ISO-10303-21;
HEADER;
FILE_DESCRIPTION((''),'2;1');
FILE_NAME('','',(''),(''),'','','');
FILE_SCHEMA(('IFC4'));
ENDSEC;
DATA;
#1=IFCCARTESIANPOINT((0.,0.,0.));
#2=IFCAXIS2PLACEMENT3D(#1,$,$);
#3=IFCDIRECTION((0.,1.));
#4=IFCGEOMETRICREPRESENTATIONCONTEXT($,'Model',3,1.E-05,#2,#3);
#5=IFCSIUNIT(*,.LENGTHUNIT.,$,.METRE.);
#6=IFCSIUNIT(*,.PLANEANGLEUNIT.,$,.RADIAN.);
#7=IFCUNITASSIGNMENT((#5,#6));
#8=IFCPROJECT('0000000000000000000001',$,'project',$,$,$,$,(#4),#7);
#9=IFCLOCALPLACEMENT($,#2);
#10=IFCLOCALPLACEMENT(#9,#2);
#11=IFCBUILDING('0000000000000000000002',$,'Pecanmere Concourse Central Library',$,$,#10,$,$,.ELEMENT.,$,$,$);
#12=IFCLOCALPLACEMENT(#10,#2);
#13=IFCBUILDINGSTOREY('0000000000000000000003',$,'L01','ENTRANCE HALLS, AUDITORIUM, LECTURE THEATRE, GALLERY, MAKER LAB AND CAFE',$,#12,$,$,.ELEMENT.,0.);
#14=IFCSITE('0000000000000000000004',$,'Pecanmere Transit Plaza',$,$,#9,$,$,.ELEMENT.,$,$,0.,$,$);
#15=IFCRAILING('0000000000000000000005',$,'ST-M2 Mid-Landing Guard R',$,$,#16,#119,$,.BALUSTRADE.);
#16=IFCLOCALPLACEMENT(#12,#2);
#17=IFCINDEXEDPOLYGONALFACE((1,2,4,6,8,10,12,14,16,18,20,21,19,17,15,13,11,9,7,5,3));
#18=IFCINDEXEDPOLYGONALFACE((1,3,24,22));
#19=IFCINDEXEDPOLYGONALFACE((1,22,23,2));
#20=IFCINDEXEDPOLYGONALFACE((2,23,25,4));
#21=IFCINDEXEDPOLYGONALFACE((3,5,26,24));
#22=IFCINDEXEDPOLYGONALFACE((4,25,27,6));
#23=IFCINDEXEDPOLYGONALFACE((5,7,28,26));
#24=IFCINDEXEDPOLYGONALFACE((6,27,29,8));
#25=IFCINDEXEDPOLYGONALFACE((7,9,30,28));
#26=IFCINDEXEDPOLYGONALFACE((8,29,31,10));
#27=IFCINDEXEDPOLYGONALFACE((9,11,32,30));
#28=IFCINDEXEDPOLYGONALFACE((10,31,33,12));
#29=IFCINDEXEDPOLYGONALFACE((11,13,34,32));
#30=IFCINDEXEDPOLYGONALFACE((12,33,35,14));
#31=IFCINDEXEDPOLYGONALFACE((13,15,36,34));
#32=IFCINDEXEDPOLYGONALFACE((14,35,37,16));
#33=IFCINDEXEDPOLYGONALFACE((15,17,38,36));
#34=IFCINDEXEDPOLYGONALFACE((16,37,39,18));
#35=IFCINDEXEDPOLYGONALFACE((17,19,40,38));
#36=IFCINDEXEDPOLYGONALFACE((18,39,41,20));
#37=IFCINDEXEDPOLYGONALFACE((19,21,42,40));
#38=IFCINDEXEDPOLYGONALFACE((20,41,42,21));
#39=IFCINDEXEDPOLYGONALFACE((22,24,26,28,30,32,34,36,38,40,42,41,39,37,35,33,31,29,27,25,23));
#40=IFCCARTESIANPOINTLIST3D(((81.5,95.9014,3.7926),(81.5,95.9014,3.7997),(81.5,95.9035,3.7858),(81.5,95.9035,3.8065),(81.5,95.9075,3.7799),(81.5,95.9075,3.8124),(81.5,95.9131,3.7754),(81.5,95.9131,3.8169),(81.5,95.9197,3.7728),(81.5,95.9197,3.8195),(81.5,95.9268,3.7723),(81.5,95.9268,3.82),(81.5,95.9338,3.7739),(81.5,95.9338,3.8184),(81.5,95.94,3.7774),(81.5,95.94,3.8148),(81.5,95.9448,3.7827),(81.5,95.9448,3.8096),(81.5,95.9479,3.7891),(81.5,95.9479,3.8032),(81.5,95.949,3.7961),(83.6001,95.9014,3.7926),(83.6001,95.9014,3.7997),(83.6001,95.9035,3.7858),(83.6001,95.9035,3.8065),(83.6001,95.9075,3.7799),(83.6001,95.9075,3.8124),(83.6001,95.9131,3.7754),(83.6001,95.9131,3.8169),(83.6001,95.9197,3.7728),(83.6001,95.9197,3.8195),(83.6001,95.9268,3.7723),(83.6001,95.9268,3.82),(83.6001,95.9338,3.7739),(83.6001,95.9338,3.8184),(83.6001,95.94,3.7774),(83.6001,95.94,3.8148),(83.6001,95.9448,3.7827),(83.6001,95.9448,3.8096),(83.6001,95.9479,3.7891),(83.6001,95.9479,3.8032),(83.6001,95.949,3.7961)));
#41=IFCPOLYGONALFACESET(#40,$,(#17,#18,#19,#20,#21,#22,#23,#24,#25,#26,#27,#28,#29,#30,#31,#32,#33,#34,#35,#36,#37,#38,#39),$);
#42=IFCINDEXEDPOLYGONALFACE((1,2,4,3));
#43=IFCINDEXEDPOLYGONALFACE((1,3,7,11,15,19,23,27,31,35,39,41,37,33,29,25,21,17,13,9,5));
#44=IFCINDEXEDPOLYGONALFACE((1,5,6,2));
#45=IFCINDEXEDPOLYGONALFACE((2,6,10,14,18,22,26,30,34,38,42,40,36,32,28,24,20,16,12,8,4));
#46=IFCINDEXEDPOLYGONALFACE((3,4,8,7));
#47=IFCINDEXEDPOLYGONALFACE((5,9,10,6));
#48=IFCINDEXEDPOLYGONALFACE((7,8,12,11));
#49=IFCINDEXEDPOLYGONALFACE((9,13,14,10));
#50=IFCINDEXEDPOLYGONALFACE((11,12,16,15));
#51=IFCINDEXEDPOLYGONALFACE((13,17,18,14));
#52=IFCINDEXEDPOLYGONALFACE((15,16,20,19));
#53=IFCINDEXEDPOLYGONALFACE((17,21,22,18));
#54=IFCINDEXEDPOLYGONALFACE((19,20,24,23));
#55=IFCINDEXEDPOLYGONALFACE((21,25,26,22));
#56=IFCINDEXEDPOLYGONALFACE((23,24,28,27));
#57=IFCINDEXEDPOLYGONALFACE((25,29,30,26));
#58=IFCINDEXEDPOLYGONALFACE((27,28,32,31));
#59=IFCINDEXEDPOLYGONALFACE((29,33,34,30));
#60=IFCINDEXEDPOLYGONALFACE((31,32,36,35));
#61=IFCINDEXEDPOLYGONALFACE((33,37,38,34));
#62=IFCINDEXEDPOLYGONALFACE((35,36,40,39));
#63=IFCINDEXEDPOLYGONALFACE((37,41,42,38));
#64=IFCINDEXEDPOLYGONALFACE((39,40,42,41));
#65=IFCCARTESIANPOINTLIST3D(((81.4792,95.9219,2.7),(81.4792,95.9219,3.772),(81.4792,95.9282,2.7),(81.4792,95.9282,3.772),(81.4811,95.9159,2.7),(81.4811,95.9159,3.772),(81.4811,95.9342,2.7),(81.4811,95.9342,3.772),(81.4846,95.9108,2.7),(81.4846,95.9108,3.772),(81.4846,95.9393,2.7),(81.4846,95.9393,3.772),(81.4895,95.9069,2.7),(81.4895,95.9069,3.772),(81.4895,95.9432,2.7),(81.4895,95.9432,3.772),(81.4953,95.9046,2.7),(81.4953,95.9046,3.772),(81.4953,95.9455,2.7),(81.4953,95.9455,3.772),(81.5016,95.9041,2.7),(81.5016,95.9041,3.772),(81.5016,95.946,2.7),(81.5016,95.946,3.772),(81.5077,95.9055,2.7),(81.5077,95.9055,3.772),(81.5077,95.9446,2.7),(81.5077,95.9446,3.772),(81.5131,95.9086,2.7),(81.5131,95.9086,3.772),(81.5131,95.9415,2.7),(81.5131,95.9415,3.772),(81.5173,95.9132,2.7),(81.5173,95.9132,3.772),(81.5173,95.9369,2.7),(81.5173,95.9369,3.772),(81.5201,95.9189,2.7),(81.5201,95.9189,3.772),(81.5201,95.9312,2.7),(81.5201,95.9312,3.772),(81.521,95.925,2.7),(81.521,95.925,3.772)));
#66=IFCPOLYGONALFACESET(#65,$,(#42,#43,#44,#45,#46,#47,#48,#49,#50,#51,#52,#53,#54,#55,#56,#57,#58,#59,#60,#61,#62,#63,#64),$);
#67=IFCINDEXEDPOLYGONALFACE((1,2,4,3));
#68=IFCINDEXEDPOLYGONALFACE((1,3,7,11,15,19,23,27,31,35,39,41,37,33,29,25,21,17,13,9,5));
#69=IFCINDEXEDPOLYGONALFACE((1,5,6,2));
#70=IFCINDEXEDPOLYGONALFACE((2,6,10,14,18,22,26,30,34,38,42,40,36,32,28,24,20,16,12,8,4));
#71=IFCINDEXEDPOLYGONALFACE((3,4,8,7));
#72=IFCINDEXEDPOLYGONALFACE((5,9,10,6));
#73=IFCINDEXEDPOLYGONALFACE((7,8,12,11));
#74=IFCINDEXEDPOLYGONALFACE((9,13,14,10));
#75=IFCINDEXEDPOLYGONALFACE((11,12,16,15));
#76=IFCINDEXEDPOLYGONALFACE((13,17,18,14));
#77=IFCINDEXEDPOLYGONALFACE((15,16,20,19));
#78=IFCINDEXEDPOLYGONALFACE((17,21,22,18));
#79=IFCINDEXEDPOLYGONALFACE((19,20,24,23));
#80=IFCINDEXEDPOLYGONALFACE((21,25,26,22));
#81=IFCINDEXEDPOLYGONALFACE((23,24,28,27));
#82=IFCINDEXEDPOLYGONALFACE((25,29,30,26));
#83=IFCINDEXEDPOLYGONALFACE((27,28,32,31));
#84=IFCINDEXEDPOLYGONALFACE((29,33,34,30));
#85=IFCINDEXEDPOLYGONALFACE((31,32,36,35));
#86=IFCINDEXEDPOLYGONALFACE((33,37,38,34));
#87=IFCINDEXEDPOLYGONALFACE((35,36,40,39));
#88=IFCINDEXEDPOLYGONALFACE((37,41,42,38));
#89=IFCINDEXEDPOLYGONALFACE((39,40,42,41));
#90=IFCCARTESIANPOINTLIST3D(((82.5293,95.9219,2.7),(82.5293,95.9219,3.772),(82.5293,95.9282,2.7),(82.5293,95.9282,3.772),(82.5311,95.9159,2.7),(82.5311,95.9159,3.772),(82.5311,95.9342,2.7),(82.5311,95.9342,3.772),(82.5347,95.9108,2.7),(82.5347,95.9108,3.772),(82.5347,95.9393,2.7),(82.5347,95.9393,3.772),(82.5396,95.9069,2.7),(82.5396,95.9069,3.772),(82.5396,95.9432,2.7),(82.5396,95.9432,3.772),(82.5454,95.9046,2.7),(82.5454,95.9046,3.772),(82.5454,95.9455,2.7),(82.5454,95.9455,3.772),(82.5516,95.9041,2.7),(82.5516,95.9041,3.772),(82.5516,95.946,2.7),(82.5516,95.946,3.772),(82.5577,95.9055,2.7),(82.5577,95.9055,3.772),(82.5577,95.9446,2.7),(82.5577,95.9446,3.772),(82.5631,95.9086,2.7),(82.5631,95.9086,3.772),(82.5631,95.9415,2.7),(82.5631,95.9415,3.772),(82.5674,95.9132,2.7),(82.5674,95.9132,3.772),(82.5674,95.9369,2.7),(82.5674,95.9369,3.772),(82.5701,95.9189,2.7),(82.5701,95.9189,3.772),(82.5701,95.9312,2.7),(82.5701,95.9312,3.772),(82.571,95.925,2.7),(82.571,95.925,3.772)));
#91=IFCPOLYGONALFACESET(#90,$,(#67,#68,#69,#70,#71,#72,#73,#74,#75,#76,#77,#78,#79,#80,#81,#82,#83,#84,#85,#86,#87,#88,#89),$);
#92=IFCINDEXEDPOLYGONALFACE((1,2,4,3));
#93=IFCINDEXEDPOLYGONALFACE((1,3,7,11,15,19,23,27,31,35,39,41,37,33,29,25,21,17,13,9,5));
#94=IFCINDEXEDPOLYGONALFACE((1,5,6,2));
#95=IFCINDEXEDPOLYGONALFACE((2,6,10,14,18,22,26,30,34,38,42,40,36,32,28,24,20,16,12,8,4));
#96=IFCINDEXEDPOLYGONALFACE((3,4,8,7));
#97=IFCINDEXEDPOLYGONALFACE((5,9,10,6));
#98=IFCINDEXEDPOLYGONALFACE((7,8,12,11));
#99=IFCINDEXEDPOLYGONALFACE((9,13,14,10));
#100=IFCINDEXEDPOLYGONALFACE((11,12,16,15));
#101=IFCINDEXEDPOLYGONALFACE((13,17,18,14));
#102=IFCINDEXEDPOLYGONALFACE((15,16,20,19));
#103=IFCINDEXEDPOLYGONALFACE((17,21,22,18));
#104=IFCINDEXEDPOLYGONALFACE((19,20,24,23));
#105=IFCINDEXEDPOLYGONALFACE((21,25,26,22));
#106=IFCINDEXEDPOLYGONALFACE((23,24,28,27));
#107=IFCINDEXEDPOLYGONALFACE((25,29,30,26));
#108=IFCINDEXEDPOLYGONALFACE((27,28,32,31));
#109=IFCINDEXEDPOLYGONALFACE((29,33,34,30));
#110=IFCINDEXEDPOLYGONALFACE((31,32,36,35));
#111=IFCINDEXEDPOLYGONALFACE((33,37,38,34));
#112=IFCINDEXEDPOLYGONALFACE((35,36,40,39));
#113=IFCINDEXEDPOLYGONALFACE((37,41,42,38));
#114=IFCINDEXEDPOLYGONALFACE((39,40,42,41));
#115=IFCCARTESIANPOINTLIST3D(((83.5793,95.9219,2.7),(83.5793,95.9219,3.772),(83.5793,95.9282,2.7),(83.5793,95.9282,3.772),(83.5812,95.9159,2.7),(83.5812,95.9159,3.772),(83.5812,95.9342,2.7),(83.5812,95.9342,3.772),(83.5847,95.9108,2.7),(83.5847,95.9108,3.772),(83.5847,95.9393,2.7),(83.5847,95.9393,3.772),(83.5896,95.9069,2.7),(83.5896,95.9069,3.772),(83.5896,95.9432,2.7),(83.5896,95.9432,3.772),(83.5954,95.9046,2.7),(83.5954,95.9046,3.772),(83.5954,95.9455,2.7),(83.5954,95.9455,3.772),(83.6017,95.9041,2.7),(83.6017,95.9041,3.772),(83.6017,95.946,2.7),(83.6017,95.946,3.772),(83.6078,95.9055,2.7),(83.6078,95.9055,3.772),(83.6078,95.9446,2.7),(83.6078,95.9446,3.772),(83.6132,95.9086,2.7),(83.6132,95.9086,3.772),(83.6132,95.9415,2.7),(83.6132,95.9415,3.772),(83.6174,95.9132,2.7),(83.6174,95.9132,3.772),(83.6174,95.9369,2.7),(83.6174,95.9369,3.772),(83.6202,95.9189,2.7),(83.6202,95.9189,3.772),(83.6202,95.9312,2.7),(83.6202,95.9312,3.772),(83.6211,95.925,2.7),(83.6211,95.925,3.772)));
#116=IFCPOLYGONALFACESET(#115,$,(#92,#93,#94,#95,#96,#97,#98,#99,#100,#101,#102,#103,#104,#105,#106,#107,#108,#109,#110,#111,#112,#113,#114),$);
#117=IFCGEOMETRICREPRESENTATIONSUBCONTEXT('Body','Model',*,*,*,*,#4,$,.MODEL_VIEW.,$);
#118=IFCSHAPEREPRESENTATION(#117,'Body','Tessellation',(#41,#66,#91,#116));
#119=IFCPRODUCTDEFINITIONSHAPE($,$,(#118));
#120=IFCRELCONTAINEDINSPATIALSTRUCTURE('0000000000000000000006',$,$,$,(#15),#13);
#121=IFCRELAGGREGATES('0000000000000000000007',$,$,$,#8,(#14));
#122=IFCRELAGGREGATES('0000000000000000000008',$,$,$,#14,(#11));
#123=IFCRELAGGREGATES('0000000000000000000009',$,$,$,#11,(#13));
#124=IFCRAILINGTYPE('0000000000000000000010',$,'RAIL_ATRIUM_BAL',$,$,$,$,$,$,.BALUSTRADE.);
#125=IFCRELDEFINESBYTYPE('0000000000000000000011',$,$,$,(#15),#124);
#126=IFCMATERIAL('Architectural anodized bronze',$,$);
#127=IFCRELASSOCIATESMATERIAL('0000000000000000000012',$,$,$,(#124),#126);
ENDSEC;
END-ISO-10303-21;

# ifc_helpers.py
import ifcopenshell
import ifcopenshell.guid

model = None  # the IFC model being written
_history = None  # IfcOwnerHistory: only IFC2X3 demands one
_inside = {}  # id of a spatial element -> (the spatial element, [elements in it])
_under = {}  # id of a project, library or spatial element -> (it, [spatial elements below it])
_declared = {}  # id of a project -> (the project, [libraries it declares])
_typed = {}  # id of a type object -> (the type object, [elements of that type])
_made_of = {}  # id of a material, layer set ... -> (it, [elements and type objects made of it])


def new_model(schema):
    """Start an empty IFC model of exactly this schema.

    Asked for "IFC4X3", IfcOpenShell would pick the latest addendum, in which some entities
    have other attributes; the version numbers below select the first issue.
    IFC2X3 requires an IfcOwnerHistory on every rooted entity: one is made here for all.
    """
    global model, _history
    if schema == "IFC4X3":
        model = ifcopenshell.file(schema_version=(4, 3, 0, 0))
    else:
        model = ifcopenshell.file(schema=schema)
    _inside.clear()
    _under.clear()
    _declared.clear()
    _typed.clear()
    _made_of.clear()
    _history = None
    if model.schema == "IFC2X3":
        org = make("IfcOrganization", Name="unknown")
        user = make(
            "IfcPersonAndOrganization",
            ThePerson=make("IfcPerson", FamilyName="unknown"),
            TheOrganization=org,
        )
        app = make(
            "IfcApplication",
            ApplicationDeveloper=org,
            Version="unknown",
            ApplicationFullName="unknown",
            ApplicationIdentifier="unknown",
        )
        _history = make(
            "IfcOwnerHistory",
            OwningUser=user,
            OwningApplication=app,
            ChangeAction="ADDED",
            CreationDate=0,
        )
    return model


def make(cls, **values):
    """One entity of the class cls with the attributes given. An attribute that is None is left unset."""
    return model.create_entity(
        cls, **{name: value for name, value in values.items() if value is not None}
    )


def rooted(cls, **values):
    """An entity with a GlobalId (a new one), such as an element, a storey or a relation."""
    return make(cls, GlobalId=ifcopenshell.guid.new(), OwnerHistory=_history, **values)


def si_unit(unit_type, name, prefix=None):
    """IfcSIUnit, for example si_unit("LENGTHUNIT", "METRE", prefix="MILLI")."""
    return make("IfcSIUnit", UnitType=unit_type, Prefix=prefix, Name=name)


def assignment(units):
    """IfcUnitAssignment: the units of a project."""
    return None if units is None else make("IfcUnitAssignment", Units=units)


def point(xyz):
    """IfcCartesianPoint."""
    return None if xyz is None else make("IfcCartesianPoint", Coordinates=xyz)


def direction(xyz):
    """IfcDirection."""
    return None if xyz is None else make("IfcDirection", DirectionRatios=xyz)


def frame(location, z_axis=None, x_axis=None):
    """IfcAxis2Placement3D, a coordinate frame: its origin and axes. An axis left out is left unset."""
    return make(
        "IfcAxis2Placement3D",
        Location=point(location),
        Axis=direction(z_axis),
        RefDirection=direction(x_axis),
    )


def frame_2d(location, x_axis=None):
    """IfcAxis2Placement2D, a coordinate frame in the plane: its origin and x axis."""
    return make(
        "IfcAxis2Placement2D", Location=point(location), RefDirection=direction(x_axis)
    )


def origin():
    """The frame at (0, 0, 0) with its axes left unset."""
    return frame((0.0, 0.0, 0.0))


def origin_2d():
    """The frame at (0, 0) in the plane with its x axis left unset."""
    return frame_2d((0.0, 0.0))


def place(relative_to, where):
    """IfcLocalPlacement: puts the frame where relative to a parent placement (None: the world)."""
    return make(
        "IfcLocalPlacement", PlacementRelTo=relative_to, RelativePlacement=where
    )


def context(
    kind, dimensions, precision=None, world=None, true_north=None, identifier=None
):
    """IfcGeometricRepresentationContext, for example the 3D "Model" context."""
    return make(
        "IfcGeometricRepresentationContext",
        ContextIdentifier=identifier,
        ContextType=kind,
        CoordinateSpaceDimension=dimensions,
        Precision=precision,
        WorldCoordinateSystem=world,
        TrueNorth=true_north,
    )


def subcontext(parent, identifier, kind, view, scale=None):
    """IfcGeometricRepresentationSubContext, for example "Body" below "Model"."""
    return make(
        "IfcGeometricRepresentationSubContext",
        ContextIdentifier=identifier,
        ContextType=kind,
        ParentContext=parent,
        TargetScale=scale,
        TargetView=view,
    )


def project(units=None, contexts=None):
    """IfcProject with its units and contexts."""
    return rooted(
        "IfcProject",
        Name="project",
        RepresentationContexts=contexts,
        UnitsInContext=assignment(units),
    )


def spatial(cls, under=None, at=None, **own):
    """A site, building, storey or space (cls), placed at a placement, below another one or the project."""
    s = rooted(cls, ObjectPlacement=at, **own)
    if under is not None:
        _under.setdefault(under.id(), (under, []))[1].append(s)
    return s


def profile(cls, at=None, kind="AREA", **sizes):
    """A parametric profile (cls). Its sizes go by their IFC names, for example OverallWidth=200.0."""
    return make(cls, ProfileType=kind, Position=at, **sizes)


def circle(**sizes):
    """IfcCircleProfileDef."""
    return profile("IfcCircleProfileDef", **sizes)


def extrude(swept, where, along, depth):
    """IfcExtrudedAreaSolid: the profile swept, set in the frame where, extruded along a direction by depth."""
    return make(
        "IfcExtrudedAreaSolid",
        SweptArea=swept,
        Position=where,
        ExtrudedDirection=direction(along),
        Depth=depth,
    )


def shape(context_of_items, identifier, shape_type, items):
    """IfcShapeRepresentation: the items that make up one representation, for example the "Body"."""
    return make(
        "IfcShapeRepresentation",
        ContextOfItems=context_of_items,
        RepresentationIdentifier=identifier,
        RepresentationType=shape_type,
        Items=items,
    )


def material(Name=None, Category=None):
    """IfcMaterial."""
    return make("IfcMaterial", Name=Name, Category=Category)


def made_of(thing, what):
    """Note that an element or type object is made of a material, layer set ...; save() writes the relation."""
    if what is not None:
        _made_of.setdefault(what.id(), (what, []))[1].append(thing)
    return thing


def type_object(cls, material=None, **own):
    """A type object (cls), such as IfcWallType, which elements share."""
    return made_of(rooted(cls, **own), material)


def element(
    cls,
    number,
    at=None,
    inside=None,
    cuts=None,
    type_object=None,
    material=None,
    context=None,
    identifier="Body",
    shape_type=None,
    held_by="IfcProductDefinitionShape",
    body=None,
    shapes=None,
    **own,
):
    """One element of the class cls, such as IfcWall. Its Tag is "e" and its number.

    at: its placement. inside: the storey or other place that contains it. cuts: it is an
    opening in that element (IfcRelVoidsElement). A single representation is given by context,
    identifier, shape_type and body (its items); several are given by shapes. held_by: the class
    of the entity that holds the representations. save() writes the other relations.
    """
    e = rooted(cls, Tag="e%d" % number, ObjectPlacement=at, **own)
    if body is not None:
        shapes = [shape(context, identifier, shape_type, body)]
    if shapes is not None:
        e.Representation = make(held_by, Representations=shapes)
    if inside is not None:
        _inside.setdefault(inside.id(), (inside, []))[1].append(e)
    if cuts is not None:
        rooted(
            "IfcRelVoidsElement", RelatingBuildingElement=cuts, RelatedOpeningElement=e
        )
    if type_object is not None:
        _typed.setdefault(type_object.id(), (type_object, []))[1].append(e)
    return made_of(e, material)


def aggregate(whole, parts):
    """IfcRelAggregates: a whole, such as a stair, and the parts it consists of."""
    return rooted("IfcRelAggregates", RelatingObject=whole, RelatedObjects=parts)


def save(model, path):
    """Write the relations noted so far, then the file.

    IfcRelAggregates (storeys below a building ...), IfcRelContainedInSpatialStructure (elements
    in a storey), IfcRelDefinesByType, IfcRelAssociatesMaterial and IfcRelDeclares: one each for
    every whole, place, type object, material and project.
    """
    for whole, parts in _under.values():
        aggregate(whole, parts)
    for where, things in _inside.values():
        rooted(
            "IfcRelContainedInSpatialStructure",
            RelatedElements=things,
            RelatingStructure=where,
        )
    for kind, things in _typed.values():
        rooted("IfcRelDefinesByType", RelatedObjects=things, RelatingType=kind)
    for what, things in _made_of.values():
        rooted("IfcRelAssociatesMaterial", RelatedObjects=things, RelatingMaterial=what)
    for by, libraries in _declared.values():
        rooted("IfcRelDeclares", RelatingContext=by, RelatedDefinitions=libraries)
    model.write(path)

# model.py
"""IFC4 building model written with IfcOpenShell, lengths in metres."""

from ifc_helpers import new_model, si_unit, direction, frame, origin, origin_2d, place, context, subcontext, project, spatial, circle, extrude, material, type_object, element, save


model = new_model("IFC4")

# Units and contexts
model_context = context("Model", 3, precision=1e-05, world=origin(), true_north=direction((0.0, 1.0)))
body_context = subcontext(model_context, "Body", "Model", "MODEL_VIEW")
ifc_project = project(units=[si_unit("LENGTHUNIT", "METRE"), si_unit("PLANEANGLEUNIT", "RADIAN")], contexts=[model_context])

# Site, building, storey
site_placement = place(None, origin())
site = spatial("IfcSite", under=ifc_project, at=site_placement, Name="Pecanmere Transit Plaza", CompositionType="ELEMENT", RefElevation=0.0)
building_placement = place(site_placement, origin())
building = spatial("IfcBuilding", under=site, at=building_placement, Name="Pecanmere Concourse Central Library", CompositionType="ELEMENT")
storey_placement = place(building_placement, origin())
storey = spatial("IfcBuildingStorey", under=building, at=storey_placement, Name="L01", Description="ENTRANCE HALLS, AUDITORIUM, LECTURE THEATRE, GALLERY, MAKER LAB AND CAFE", CompositionType="ELEMENT", Elevation=0.0)

# Railing
ifc_material_1 = material(Name="Architectural anodized bronze")
railing_type_1 = type_object("IfcRailingType", Name="RAIL_ATRIUM_BAL", PredefinedType="BALUSTRADE", material=ifc_material_1)
for number, where, name in (
    (1, (81.5, 95.925, 2.7), "ST-M2 Mid-Landing Guard R"),
):
    element("IfcRailing", number, at=place(storey_placement, frame(where)), inside=storey, type_object=railing_type_1, Name=name, PredefinedType="BALUSTRADE", context=body_context, shape_type="SweptSolid", body=[
        extrude(circle(Radius=0.0239, at=origin_2d()), frame((0.0, 0.0, 1.0962), z_axis=(1.0, 0.0, 0.0), x_axis=(0.0, 1.0, 0.0)), (0.0, 0.0, 1.0), 2.1001),
        extrude(circle(Radius=0.021, at=origin_2d()), origin(), (0.0, 0.0, 1.0), 1.072),
        extrude(circle(Radius=0.021, at=origin_2d()), frame((1.05, 0.0, 0.0)), (0.0, 0.0, 1.0), 1.072),
        extrude(circle(Radius=0.021, at=origin_2d()), frame((2.1001, 0.0, 0.0)), (0.0, 0.0, 1.0), 1.072),
    ])

save(model, "model.ifc")
